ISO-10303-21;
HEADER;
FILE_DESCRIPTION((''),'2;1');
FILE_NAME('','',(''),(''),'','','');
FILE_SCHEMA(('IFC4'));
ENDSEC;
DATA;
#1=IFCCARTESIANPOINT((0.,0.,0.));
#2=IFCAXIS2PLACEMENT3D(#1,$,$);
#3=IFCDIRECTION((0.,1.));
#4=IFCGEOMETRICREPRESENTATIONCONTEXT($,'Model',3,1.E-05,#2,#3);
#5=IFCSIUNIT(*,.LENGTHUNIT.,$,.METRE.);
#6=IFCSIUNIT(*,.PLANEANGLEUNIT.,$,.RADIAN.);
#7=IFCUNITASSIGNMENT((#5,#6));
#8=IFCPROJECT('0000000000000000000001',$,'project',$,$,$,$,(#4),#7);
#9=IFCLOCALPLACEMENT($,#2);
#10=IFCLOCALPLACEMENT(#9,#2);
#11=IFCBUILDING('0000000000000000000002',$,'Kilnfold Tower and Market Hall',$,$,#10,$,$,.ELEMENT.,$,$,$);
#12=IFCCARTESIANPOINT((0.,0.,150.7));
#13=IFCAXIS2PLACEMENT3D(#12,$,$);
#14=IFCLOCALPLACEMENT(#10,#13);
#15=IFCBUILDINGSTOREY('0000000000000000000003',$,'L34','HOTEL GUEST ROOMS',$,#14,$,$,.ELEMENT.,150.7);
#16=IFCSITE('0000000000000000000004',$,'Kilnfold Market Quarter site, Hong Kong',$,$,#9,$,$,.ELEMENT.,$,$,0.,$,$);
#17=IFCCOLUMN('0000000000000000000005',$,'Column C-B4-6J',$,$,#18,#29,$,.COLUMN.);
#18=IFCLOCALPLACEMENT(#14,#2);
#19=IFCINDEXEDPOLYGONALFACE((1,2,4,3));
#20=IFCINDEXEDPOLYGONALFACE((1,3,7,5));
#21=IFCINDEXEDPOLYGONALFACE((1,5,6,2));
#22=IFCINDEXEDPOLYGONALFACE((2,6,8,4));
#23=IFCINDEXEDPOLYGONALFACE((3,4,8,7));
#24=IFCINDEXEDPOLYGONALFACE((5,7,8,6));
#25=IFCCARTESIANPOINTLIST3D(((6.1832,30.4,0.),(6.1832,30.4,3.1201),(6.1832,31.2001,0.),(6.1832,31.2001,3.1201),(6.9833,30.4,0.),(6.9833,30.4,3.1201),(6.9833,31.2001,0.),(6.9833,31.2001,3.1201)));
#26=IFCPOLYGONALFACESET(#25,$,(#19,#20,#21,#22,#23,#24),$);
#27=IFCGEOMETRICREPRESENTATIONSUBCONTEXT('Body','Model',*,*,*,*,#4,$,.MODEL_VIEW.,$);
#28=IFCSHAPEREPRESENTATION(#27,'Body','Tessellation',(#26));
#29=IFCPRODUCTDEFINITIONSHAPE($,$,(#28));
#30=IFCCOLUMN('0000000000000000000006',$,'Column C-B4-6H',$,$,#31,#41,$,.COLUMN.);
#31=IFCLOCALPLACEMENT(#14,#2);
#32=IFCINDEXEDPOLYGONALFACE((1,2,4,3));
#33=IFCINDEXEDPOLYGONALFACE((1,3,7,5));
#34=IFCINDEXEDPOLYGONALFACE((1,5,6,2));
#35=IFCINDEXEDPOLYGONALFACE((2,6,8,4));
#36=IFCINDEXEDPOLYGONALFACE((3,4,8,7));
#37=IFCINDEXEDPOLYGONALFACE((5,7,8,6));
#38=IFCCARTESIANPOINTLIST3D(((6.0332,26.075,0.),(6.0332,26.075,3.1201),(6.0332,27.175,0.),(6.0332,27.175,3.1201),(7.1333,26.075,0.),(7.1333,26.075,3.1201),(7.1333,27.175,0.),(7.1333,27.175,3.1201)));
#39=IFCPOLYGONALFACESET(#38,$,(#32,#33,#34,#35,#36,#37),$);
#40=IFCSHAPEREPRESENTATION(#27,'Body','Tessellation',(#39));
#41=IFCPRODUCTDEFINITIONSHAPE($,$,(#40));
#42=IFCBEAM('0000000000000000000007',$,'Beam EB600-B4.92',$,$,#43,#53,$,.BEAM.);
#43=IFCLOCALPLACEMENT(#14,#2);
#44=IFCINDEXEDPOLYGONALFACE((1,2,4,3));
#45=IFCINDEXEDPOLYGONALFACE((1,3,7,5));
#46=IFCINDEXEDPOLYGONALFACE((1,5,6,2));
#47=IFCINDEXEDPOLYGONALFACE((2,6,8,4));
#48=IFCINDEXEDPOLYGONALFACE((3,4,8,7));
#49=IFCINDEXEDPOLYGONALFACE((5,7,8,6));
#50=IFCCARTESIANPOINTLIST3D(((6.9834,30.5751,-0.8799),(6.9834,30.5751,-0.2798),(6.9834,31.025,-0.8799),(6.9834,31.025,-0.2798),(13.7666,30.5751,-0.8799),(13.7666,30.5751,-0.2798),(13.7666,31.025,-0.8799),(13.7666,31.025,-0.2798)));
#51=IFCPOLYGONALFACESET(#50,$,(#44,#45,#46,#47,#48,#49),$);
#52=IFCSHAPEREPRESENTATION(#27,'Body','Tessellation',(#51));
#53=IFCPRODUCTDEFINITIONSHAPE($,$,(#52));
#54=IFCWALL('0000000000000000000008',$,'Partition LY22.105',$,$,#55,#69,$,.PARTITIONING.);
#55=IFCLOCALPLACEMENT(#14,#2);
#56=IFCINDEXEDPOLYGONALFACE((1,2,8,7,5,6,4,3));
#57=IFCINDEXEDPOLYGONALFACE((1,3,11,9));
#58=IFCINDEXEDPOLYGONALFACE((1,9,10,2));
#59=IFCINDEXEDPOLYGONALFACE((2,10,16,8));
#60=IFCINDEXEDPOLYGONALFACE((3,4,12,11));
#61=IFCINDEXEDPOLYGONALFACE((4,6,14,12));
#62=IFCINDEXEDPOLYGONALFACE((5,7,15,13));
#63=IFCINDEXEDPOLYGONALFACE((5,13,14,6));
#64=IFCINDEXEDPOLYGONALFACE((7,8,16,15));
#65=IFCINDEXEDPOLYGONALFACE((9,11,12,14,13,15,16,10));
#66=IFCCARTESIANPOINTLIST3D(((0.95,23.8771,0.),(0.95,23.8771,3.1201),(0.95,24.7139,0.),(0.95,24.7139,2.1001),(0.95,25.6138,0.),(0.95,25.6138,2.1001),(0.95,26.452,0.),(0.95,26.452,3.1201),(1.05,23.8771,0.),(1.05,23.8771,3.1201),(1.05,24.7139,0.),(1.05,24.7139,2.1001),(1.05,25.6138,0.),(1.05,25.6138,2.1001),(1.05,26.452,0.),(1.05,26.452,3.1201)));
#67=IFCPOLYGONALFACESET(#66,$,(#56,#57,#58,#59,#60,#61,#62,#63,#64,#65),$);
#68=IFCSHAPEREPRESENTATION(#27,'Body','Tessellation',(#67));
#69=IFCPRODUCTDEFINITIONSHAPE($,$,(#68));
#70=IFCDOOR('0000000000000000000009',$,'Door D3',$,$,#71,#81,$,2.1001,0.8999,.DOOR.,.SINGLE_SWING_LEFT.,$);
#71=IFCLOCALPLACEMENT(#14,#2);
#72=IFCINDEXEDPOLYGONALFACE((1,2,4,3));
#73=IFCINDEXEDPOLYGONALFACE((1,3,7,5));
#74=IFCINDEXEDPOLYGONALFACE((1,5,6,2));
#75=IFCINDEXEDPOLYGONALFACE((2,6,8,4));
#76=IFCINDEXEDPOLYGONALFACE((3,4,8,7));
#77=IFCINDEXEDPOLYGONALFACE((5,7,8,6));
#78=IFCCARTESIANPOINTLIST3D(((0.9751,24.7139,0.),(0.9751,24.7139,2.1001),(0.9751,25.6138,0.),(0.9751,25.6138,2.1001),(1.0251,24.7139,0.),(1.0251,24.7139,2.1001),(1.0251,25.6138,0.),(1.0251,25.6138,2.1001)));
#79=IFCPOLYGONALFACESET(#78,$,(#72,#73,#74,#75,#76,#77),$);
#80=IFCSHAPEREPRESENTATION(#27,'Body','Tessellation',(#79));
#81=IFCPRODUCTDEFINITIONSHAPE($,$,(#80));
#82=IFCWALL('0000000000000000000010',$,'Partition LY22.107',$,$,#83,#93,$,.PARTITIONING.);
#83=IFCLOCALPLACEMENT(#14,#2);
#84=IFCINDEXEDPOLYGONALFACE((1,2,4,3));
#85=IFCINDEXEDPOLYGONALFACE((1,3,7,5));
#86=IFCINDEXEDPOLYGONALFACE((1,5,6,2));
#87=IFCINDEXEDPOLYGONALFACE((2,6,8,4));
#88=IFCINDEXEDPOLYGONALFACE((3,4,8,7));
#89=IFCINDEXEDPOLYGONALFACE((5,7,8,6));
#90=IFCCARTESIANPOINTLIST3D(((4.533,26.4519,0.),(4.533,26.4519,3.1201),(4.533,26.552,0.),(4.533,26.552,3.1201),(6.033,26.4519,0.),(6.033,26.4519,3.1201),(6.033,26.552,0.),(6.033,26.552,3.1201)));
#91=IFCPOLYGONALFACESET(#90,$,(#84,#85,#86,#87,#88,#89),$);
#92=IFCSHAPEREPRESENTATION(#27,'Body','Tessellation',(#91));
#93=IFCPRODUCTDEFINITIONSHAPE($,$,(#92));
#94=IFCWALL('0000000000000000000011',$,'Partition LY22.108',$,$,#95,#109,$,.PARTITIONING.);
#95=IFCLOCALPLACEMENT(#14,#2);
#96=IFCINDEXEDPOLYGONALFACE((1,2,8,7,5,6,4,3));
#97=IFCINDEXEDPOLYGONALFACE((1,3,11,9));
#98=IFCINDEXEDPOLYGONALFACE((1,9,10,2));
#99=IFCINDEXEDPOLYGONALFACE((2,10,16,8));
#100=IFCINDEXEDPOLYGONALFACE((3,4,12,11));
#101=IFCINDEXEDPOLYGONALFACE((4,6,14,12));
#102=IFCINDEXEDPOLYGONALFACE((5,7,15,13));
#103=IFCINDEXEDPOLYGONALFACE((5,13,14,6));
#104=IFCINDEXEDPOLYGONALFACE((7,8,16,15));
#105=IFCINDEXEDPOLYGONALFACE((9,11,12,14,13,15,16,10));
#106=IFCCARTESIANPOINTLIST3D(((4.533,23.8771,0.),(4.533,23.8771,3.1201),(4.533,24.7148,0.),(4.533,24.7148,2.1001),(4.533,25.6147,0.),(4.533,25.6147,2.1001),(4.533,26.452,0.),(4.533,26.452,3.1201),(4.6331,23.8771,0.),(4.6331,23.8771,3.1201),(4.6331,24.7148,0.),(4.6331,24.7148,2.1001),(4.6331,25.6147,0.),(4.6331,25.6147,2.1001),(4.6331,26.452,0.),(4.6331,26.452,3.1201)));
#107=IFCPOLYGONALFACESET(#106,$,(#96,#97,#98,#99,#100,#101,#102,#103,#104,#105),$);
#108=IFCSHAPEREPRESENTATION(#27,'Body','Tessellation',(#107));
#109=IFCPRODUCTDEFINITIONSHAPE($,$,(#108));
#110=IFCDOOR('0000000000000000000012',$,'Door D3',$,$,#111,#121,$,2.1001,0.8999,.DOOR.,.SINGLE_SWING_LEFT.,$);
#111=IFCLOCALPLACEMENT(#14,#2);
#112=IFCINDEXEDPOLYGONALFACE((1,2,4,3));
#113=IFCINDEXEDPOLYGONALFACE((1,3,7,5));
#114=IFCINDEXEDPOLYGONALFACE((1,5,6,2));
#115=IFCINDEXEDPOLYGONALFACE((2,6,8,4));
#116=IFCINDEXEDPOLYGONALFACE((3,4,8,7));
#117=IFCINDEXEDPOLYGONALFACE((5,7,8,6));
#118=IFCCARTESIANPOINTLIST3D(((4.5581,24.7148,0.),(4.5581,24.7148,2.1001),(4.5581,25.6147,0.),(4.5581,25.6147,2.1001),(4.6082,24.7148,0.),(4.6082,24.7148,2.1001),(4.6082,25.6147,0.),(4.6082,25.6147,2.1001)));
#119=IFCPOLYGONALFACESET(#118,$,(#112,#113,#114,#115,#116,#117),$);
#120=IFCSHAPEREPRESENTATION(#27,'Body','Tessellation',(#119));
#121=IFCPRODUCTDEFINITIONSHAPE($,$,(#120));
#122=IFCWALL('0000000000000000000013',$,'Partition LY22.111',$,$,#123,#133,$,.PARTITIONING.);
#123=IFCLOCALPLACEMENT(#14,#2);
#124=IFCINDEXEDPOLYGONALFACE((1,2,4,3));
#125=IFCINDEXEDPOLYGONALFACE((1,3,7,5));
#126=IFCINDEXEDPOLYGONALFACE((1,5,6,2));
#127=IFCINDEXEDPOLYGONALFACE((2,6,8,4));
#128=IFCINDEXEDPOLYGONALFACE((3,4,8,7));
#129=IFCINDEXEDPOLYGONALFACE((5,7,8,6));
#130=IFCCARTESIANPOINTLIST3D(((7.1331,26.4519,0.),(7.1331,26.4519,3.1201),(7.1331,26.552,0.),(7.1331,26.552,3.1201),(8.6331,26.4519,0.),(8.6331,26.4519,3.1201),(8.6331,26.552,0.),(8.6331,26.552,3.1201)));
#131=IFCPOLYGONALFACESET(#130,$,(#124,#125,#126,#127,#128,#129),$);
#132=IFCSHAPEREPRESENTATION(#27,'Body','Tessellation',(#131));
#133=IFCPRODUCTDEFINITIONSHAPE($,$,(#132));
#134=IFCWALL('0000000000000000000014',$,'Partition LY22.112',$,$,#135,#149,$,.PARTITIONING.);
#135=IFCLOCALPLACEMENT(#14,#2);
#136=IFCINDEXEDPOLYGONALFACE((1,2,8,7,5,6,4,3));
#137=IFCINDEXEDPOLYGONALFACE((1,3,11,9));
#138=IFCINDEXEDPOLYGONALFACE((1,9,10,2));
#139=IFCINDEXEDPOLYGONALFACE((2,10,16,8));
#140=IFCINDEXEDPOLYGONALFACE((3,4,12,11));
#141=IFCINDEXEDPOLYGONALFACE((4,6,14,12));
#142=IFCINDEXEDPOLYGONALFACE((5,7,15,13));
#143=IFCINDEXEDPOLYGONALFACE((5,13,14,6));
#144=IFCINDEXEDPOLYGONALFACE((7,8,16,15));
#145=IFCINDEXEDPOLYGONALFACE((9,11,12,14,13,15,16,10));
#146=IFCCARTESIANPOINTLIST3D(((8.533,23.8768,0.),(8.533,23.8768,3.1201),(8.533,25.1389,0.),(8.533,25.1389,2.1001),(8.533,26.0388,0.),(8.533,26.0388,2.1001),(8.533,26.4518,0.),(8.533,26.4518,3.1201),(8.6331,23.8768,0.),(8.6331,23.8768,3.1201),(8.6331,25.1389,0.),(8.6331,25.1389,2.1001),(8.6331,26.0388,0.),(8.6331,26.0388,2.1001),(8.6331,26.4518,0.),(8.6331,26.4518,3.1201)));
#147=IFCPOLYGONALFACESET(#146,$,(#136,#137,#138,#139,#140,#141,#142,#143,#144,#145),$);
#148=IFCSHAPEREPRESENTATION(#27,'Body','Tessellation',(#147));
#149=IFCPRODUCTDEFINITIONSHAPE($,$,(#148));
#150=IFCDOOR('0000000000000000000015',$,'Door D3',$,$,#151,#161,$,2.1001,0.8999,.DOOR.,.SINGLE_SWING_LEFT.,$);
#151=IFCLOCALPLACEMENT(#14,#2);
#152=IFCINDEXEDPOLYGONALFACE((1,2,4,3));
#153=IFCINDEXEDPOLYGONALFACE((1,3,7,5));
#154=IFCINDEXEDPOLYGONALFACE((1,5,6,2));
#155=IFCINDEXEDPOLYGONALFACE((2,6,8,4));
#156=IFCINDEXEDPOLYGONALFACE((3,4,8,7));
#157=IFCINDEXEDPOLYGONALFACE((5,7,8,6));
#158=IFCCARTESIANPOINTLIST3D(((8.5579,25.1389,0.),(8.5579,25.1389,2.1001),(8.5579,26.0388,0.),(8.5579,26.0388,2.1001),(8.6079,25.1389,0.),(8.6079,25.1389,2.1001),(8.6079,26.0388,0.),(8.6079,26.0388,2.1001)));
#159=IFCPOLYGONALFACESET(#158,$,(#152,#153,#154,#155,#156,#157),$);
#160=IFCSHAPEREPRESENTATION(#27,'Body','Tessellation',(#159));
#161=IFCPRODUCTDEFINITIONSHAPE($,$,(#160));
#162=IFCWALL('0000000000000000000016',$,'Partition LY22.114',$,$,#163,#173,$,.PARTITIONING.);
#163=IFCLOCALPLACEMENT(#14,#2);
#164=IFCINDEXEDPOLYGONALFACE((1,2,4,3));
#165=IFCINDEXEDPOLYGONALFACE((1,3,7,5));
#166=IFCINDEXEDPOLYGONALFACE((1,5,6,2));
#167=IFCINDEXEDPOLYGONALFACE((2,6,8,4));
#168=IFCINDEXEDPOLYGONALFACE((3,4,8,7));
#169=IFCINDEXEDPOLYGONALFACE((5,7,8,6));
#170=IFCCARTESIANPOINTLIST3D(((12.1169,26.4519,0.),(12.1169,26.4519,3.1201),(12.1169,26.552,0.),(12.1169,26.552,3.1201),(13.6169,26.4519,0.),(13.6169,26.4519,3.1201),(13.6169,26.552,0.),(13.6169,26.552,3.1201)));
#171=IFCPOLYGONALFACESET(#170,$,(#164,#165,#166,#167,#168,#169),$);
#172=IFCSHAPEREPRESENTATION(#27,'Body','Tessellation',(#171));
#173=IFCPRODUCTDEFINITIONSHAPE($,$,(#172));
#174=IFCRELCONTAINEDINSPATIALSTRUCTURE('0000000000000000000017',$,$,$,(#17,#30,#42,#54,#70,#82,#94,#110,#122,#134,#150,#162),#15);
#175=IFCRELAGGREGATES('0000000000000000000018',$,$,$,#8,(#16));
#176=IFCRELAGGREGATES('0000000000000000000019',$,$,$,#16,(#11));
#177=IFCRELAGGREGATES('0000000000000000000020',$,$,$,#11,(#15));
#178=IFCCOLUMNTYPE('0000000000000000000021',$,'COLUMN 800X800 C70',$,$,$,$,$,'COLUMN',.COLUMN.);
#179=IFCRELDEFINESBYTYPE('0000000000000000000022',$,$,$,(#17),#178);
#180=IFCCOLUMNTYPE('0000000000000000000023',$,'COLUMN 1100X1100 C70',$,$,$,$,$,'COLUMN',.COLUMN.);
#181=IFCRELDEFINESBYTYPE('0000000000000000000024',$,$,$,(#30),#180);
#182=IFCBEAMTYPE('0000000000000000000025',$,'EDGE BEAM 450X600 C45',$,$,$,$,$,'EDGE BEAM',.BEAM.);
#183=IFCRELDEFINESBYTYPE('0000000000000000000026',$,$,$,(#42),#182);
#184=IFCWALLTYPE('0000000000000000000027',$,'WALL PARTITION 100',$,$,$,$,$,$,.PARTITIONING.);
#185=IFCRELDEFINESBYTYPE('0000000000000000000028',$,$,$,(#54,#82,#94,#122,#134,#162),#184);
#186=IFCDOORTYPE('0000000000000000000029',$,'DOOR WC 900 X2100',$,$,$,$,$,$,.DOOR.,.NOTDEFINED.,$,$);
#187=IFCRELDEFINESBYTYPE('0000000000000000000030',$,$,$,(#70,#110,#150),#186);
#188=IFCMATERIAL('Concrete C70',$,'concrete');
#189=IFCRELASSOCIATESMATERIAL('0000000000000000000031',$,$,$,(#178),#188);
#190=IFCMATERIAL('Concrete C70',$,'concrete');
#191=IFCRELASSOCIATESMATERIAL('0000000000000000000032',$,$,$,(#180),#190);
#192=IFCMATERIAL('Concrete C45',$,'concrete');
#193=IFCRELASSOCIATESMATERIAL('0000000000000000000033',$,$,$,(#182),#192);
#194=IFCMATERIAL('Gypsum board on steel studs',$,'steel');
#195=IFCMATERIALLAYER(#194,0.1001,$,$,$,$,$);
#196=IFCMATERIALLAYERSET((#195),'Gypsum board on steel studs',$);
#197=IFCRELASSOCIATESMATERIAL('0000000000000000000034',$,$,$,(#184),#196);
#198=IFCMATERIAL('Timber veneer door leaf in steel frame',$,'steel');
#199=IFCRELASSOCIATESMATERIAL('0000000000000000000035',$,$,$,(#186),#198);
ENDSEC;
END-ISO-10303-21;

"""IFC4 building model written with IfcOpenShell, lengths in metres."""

from ifc_helpers import new_model, si_unit, direction, frame, frame_2d, origin, origin_2d, place, context, subcontext, project, spatial, rectangle, extrude, source, transform, mapped, material, layer, layer_set, material_profile, profile_set, type_object, element, fill, save


model = new_model("IFC4")

# Units and contexts
model_context = context("Model", 3, precision=1e-05, world=origin(), true_north=direction((0.0, 1.0)))
body_context = subcontext(model_context, "Body", "Model", "MODEL_VIEW")
ifc_project = project(units=[si_unit("LENGTHUNIT", "METRE"), si_unit("PLANEANGLEUNIT", "RADIAN")], contexts=[model_context])

# Site, building, storey
site_placement = place(None, origin())
site = spatial("IfcSite", under=ifc_project, at=site_placement, Name="Kilnfold Market Quarter site, Hong Kong", CompositionType="ELEMENT", RefElevation=0.0)
building_placement = place(site_placement, origin())
building = spatial("IfcBuilding", under=site, at=building_placement, Name="Kilnfold Tower and Market Hall", CompositionType="ELEMENT")
storey_placement = place(building_placement, frame((0.0, 0.0, 150.7)))
storey = spatial("IfcBuildingStorey", under=building, at=storey_placement, Name="L34", Description="HOTEL GUEST ROOMS", CompositionType="ELEMENT", Elevation=150.7)

# Columns
ifc_material_1 = material(Name="Concrete C70", Category="concrete")
ifc_material_profile_1 = material_profile(ifc_material_1, rectangle(XDim=0.8, YDim=0.8, at=origin_2d()), Name="RC 800x800")
ifc_profile_set_1 = profile_set([ifc_material_profile_1], Name="Concrete C70")
column_type_1 = type_object("IfcColumnType", Name="COLUMN 800X800 C70", ElementType="COLUMN", PredefinedType="COLUMN", material=ifc_profile_set_1)
shared_shape_1 = source(origin(), body_context, "Body", "SweptSolid", [
    extrude(rectangle(XDim=0.8, YDim=0.8, at=origin_2d()), origin(), (0.0, 0.0, 1.0), 3.1201),
])
column_1_placement = place(storey_placement, frame((6.5833, 30.8, 0.0), z_axis=(0.0, 0.0, 1.0), x_axis=(1.0, 0.0, 0.0)))
element("IfcColumn", 1, at=column_1_placement, inside=storey, type_object=column_type_1, Name="Column C-B4-6J", PredefinedType="COLUMN", context=body_context, shape_type="MappedRepresentation", body=[
    mapped(shared_shape_1, transform((0.0, 0.0, 0.0))),
])
ifc_material_2 = material(Name="Concrete C70", Category="concrete")
ifc_material_profile_2 = material_profile(ifc_material_2, rectangle(XDim=1.1001, YDim=1.1001, at=origin_2d()), Name="RC 1100x1100")
ifc_profile_set_2 = profile_set([ifc_material_profile_2], Name="Concrete C70")
column_type_2 = type_object("IfcColumnType", Name="COLUMN 1100X1100 C70", ElementType="COLUMN", PredefinedType="COLUMN", material=ifc_profile_set_2)
shared_shape_2 = source(origin(), body_context, "Body", "SweptSolid", [
    extrude(rectangle(XDim=1.1001, YDim=1.1001, at=origin_2d()), origin(), (0.0, 0.0, 1.0), 3.1201),
])
column_2_placement = place(storey_placement, frame((6.5833, 26.625, 0.0), z_axis=(0.0, 0.0, 1.0), x_axis=(1.0, 0.0, 0.0)))
element("IfcColumn", 2, at=column_2_placement, inside=storey, type_object=column_type_2, Name="Column C-B4-6H", PredefinedType="COLUMN", context=body_context, shape_type="MappedRepresentation", body=[
    mapped(shared_shape_2, transform((0.0, 0.0, 0.0))),
])

# Beam
ifc_material_3 = material(Name="Concrete C45", Category="concrete")
ifc_material_profile_3 = material_profile(ifc_material_3, rectangle(XDim=0.45, YDim=0.6001, at=origin_2d()), Name="RC 450x600")
ifc_profile_set_3 = profile_set([ifc_material_profile_3], Name="Concrete C45")
beam_type = type_object("IfcBeamType", Name="EDGE BEAM 450X600 C45", ElementType="EDGE BEAM", PredefinedType="BEAM", material=ifc_profile_set_3)
shared_shape_3 = source(origin(), body_context, "Body", "SweptSolid", [
    extrude(rectangle(XDim=0.45, YDim=0.6001, at=origin_2d()), origin(), (0.0, 0.0, 1.0), 6.7832),
])
beam_placement = place(storey_placement, frame((6.9834, 30.8, -0.5798), z_axis=(1.0, 0.0, 0.0), x_axis=(0.0, 1.0, 0.0)))
element("IfcBeam", 3, at=beam_placement, inside=storey, type_object=beam_type, Name="Beam EB600-B4.92", PredefinedType="BEAM", context=body_context, shape_type="MappedRepresentation", body=[
    mapped(shared_shape_3, transform((0.0, 0.0, 0.0))),
])

# Wall, opening, door
ifc_material_4 = material(Name="Gypsum board on steel studs", Category="steel")
ifc_layer_1 = layer(ifc_material_4, 0.1001)
ifc_layer_set_1 = layer_set([ifc_layer_1], Name="Gypsum board on steel studs")
wall_type_1 = type_object("IfcWallType", Name="WALL PARTITION 100", PredefinedType="PARTITIONING", material=ifc_layer_set_1)
wall_1_placement = place(storey_placement, frame((1.0, 23.877, 0.0), z_axis=(0.0, 0.0, 1.0), x_axis=(0.0, 1.0, 0.0)))
wall_1 = element("IfcWall", 4, at=wall_1_placement, inside=storey, type_object=wall_type_1, Name="Partition LY22.105", PredefinedType="PARTITIONING", context=body_context, shape_type="SweptSolid", body=[
    extrude(rectangle(XDim=2.575, YDim=0.1001, at=frame_2d((1.2876, 0.0))), origin(), (0.0, 0.0, 1.0), 3.1201),
])
opening_1_placement = place(wall_1_placement, frame((0.8369, 0.0, 0.0)))
opening_1 = element("IfcOpeningElement", 5, at=opening_1_placement, cuts=wall_1, PredefinedType="OPENING", context=body_context, shape_type="SweptSolid", body=[
    extrude(rectangle(XDim=0.8999, YDim=2.1001, at=frame_2d((0.45, 1.05))), frame((0.0, 0.0601, 0.0), z_axis=(0.0, -1.0, 0.0), x_axis=(1.0, 0.0, 0.0)), (0.0, 0.0, 1.0), 0.1201),
])
ifc_material_5 = material(Name="Timber veneer door leaf in steel frame", Category="steel")
door_type = type_object("IfcDoorType", Name="DOOR WC 900 X2100", OperationType="NOTDEFINED", PredefinedType="DOOR", material=ifc_material_5)
door_1_placement = place(opening_1_placement, origin())
door_1 = element("IfcDoor", 6, at=door_1_placement, inside=storey, type_object=door_type, Name="Door D3", OperationType="SINGLE_SWING_LEFT", OverallHeight=2.1001, OverallWidth=0.8999, PredefinedType="DOOR", context=body_context, shape_type="SweptSolid", body=[
    extrude(rectangle(XDim=0.8999, YDim=2.1001, at=frame_2d((0.45, 1.05))), frame((0.0, 0.0249, 0.0), z_axis=(0.0, -1.0, 0.0), x_axis=(1.0, 0.0, 0.0)), (0.0, 0.0, 1.0), 0.05),
])
fill(opening_1, door_1)

# Wall
wall_2_placement = place(storey_placement, frame((4.533, 26.502, 0.0), z_axis=(0.0, 0.0, 1.0), x_axis=(1.0, 0.0, 0.0)))
element("IfcWall", 7, at=wall_2_placement, inside=storey, type_object=wall_type_1, Name="Partition LY22.107", PredefinedType="PARTITIONING", context=body_context, shape_type="SweptSolid", body=[
    extrude(rectangle(XDim=1.5, YDim=0.1001, at=frame_2d((0.75, 0.0))), origin(), (0.0, 0.0, 1.0), 3.1201),
])

# Wall, opening, door
wall_3_placement = place(storey_placement, frame((4.583, 23.877, 0.0), z_axis=(0.0, 0.0, 1.0), x_axis=(0.0, 1.0, 0.0)))
wall_3 = element("IfcWall", 8, at=wall_3_placement, inside=storey, type_object=wall_type_1, Name="Partition LY22.108", PredefinedType="PARTITIONING", context=body_context, shape_type="SweptSolid", body=[
    extrude(rectangle(XDim=2.575, YDim=0.1001, at=frame_2d((1.2876, 0.0))), origin(), (0.0, 0.0, 1.0), 3.1201),
])
opening_2_placement = place(wall_3_placement, frame((0.8379, 0.0, 0.0)))
opening_2 = element("IfcOpeningElement", 9, at=opening_2_placement, cuts=wall_3, PredefinedType="OPENING", context=body_context, shape_type="SweptSolid", body=[
    extrude(rectangle(XDim=0.8999, YDim=2.1001, at=frame_2d((0.45, 1.05))), frame((0.0, 0.0601, 0.0), z_axis=(0.0, -1.0, 0.0), x_axis=(1.0, 0.0, 0.0)), (0.0, 0.0, 1.0), 0.1201),
])
door_2_placement = place(opening_2_placement, origin())
door_2 = element("IfcDoor", 10, at=door_2_placement, inside=storey, type_object=door_type, Name="Door D3", OperationType="SINGLE_SWING_LEFT", OverallHeight=2.1001, OverallWidth=0.8999, PredefinedType="DOOR", context=body_context, shape_type="SweptSolid", body=[
    extrude(rectangle(XDim=0.8999, YDim=2.1001, at=frame_2d((0.45, 1.05))), frame((0.0, 0.0249, 0.0), z_axis=(0.0, -1.0, 0.0), x_axis=(1.0, 0.0, 0.0)), (0.0, 0.0, 1.0), 0.05),
])
fill(opening_2, door_2)

# Wall
wall_4_placement = place(storey_placement, frame((7.1331, 26.502, 0.0), z_axis=(0.0, 0.0, 1.0), x_axis=(1.0, 0.0, 0.0)))
element("IfcWall", 11, at=wall_4_placement, inside=storey, type_object=wall_type_1, Name="Partition LY22.111", PredefinedType="PARTITIONING", context=body_context, shape_type="SweptSolid", body=[
    extrude(rectangle(XDim=1.5, YDim=0.1001, at=frame_2d((0.75, 0.0))), origin(), (0.0, 0.0, 1.0), 3.1201),
])

# Wall, opening, door
wall_5_placement = place(storey_placement, frame((8.583, 26.4519, 0.0), z_axis=(0.0, 0.0, 1.0), x_axis=(0.0, -1.0, 0.0)))
wall_5 = element("IfcWall", 12, at=wall_5_placement, inside=storey, type_object=wall_type_1, Name="Partition LY22.112", PredefinedType="PARTITIONING", context=body_context, shape_type="SweptSolid", body=[
    extrude(rectangle(XDim=2.575, YDim=0.1001, at=frame_2d((1.2876, 0.0))), origin(), (0.0, 0.0, 1.0), 3.1201),
])
opening_3_placement = place(wall_5_placement, frame((0.4131, 0.0, 0.0)))
opening_3 = element("IfcOpeningElement", 13, at=opening_3_placement, cuts=wall_5, PredefinedType="OPENING", context=body_context, shape_type="SweptSolid", body=[
    extrude(rectangle(XDim=0.8999, YDim=2.1001, at=frame_2d((0.45, 1.05))), frame((0.0, 0.0601, 0.0), z_axis=(0.0, -1.0, 0.0), x_axis=(1.0, 0.0, 0.0)), (0.0, 0.0, 1.0), 0.1201),
])
door_3_placement = place(opening_3_placement, origin())
door_3 = element("IfcDoor", 14, at=door_3_placement, inside=storey, type_object=door_type, Name="Door D3", OperationType="SINGLE_SWING_LEFT", OverallHeight=2.1001, OverallWidth=0.8999, PredefinedType="DOOR", context=body_context, shape_type="SweptSolid", body=[
    extrude(rectangle(XDim=0.8999, YDim=2.1001, at=frame_2d((0.45, 1.05))), frame((0.0, 0.0249, 0.0), z_axis=(0.0, -1.0, 0.0), x_axis=(1.0, 0.0, 0.0)), (0.0, 0.0, 1.0), 0.05),
])
fill(opening_3, door_3)

# Wall
wall_6_placement = place(storey_placement, frame((12.1169, 26.502, 0.0), z_axis=(0.0, 0.0, 1.0), x_axis=(1.0, 0.0, 0.0)))
element("IfcWall", 15, at=wall_6_placement, inside=storey, type_object=wall_type_1, Name="Partition LY22.114", PredefinedType="PARTITIONING", context=body_context, shape_type="SweptSolid", body=[
    extrude(rectangle(XDim=1.5, YDim=0.1001, at=frame_2d((0.75, 0.0))), origin(), (0.0, 0.0, 1.0), 3.1201),
])

save(model, "model.ifc")
